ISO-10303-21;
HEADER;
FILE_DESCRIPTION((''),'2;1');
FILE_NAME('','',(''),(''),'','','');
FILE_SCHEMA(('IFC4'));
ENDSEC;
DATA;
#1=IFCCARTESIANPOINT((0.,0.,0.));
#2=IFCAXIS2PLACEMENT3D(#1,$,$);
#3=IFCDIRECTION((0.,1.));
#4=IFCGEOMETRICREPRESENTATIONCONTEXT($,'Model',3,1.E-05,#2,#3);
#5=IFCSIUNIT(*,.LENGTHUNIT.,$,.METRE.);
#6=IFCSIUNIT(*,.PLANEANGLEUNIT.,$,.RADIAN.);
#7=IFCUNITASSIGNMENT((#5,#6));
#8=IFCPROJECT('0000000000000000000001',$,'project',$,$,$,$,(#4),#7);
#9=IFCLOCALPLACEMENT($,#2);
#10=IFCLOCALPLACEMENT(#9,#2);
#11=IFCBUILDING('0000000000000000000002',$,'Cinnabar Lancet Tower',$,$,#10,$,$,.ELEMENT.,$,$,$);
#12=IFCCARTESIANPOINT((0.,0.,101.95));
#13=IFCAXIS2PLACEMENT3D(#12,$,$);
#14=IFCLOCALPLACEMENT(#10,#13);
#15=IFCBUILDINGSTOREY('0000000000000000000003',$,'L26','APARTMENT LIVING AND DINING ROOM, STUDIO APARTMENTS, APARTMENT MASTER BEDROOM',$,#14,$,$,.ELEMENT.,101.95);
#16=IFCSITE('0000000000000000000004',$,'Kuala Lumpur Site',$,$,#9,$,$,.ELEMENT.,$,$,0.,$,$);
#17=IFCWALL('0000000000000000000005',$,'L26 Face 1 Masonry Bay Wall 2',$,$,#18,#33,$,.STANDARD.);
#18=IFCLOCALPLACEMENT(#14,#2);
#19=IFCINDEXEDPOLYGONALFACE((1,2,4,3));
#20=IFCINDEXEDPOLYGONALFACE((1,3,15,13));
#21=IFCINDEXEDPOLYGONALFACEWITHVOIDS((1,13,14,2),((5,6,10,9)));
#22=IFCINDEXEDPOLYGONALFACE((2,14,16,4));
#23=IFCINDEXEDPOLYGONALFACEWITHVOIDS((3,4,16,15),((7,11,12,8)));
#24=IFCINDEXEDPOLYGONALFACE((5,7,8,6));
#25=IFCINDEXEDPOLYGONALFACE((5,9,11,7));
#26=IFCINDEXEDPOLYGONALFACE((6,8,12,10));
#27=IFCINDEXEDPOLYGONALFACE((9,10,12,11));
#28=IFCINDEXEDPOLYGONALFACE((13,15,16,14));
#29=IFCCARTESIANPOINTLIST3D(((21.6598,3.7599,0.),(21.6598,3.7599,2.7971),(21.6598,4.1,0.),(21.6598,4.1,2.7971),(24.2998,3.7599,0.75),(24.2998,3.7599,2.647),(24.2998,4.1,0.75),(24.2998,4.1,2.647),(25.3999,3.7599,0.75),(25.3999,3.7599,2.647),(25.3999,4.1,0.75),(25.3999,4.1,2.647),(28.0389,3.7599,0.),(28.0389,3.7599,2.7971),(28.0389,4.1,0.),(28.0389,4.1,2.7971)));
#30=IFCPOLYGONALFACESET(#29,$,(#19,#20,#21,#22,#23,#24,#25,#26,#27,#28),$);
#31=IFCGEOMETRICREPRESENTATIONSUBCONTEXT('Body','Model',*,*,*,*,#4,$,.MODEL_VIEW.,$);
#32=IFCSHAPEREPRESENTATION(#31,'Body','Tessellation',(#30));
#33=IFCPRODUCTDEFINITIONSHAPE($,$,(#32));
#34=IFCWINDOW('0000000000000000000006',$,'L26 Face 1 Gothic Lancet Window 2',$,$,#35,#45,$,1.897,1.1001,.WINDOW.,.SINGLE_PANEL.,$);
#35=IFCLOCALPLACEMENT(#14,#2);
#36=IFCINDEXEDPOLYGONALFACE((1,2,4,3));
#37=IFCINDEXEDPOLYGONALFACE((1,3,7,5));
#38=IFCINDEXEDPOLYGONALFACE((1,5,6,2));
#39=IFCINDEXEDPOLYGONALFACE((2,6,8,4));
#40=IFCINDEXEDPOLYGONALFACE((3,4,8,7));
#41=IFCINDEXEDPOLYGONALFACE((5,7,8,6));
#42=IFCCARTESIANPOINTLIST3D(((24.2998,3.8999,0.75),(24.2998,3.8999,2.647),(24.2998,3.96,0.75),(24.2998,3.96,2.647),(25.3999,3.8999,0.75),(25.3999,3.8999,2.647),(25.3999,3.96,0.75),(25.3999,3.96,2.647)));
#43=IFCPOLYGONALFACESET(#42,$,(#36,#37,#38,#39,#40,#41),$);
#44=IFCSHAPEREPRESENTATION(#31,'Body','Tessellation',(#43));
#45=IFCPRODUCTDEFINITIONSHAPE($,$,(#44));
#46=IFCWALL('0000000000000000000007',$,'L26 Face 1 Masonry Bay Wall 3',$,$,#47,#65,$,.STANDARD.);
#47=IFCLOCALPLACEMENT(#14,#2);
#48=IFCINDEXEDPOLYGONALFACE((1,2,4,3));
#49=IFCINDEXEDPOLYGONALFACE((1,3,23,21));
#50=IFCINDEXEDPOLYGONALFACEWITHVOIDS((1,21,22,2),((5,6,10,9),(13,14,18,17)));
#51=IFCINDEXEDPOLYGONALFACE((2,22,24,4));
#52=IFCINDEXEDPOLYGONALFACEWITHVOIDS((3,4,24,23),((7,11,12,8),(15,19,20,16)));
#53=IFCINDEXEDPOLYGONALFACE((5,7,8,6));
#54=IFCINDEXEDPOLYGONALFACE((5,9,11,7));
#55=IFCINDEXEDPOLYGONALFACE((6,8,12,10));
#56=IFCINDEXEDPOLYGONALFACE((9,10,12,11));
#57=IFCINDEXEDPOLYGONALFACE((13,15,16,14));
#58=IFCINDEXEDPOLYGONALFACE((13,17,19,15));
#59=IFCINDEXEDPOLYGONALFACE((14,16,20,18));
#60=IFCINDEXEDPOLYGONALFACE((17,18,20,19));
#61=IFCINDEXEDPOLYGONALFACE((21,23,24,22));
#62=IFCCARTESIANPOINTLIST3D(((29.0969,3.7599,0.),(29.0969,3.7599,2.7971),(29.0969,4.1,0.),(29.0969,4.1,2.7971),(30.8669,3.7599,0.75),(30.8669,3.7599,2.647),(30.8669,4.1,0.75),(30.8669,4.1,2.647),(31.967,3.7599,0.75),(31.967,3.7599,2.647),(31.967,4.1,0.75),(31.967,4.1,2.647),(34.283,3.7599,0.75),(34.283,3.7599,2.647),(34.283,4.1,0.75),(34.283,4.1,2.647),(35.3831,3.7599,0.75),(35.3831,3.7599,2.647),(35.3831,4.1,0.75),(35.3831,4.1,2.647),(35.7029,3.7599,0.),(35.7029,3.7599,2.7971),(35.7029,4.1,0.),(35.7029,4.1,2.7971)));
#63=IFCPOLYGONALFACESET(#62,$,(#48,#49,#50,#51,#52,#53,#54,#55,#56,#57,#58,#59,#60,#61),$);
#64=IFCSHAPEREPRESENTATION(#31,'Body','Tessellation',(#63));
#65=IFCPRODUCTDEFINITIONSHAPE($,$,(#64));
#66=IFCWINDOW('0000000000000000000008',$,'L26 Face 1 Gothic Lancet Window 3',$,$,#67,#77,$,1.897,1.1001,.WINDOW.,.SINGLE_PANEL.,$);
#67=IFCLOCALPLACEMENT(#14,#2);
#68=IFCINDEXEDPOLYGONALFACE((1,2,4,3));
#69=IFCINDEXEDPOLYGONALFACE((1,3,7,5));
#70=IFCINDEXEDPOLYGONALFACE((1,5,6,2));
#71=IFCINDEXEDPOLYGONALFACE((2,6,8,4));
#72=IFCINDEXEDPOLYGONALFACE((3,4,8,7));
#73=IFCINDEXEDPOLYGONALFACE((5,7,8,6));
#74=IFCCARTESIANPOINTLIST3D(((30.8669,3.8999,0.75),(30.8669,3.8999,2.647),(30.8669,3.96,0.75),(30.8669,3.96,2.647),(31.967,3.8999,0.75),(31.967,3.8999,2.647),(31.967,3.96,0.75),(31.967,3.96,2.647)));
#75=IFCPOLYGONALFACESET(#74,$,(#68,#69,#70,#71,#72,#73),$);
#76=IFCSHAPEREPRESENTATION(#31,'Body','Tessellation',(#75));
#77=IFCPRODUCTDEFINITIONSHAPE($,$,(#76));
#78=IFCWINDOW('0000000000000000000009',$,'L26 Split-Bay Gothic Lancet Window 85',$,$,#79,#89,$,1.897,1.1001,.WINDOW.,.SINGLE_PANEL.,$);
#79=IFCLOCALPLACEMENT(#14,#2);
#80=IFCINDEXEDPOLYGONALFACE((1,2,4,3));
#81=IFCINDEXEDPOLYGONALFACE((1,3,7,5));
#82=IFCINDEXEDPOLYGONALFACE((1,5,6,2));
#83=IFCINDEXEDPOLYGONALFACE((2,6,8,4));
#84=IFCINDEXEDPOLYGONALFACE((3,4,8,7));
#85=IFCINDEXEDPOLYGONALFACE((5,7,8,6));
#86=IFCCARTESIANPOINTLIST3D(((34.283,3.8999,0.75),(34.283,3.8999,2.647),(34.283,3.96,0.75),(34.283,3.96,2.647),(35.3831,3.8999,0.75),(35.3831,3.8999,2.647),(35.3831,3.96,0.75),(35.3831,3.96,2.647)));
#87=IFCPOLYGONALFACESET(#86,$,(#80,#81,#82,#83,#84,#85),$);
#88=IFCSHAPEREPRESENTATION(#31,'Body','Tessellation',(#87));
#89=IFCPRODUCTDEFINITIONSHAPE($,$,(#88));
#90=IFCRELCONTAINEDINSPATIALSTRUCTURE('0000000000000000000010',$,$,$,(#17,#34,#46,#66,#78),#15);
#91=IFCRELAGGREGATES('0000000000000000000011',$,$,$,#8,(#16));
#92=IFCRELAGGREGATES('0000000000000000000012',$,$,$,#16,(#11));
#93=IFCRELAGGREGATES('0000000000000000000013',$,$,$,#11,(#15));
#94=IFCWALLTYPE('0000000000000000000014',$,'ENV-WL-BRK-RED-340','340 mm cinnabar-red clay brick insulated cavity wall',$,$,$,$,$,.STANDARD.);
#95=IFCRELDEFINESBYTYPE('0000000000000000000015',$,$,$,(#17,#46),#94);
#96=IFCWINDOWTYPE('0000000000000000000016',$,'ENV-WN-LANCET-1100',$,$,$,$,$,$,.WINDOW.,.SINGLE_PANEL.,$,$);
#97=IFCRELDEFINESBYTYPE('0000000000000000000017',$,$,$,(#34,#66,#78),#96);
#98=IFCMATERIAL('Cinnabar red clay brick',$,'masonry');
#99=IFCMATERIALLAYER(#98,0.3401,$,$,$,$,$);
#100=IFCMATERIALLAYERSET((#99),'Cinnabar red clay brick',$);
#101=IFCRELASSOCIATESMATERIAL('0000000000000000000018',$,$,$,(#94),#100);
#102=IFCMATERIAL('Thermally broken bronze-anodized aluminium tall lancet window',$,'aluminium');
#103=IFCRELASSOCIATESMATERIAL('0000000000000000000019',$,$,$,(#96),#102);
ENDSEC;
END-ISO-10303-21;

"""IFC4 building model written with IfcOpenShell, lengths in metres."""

from ifc_helpers import new_model, si_unit, direction, frame, frame_2d, origin, place, context, subcontext, project, spatial, rectangle, extrude, material, layer, layer_set, type_object, element, fill, save


model = new_model("IFC4")

# Units and contexts
model_context = context("Model", 3, precision=1e-05, world=origin(), true_north=direction((0.0, 1.0)))
body_context = subcontext(model_context, "Body", "Model", "MODEL_VIEW")
ifc_project = project(units=[si_unit("LENGTHUNIT", "METRE"), si_unit("PLANEANGLEUNIT", "RADIAN")], contexts=[model_context])

# Site, building, storey
site_placement = place(None, origin())
site = spatial("IfcSite", under=ifc_project, at=site_placement, Name="Kuala Lumpur Site", CompositionType="ELEMENT", RefElevation=0.0)
building_placement = place(site_placement, origin())
building = spatial("IfcBuilding", under=site, at=building_placement, Name="Cinnabar Lancet Tower", CompositionType="ELEMENT")
storey_placement = place(building_placement, frame((0.0, 0.0, 101.95)))
storey = spatial("IfcBuildingStorey", under=building, at=storey_placement, Name="L26", Description="APARTMENT LIVING AND DINING ROOM, STUDIO APARTMENTS, APARTMENT MASTER BEDROOM", CompositionType="ELEMENT", Elevation=101.95)

# Shared definitions
ifc_material_1 = material(Name="Cinnabar red clay brick", Category="masonry")
ifc_layer_1 = layer(ifc_material_1, 0.3401)
ifc_layer_set_1 = layer_set([ifc_layer_1], Name="Cinnabar red clay brick")
wall_type_1 = type_object("IfcWallType", Name="ENV-WL-BRK-RED-340", Description="340 mm cinnabar-red clay brick insulated cavity wall", PredefinedType="STANDARD", material=ifc_layer_set_1)

# Wall, opening, window
wall_1_placement = place(storey_placement, frame((21.6599, 3.9299, 0.0), z_axis=(0.0, 0.0, 1.0), x_axis=(1.0, 0.0, 0.0)))
wall_1 = element("IfcWall", 1, at=wall_1_placement, inside=storey, type_object=wall_type_1, Name="L26 Face 1 Masonry Bay Wall 2", PredefinedType="STANDARD", context=body_context, shape_type="SweptSolid", body=[
    extrude(rectangle(XDim=6.3792, YDim=0.3401, at=frame_2d((3.1895, 0.0))), origin(), (0.0, 0.0, 1.0), 2.7971),
])
opening_1_placement = place(wall_1_placement, frame((2.6399, 0.0, 0.75)))
opening_1 = element("IfcOpeningElement", 2, at=opening_1_placement, cuts=wall_1, PredefinedType="OPENING", context=body_context, shape_type="SweptSolid", body=[
    extrude(rectangle(XDim=1.1001, YDim=1.897, at=frame_2d((0.55, 0.9485))), frame((0.0, 0.1799, 0.0), z_axis=(0.0, -1.0, 0.0), x_axis=(1.0, 0.0, 0.0)), (0.0, 0.0, 1.0), 0.3601),
])
ifc_material_2 = material(Name="Thermally broken bronze-anodized aluminium tall lancet window", Category="aluminium")
window_type = type_object("IfcWindowType", Name="ENV-WN-LANCET-1100", PartitioningType="SINGLE_PANEL", PredefinedType="WINDOW", material=ifc_material_2)
window_1_placement = place(opening_1_placement, origin())
window_1 = element("IfcWindow", 3, at=window_1_placement, inside=storey, type_object=window_type, Name="L26 Face 1 Gothic Lancet Window 2", OverallHeight=1.897, OverallWidth=1.1001, PartitioningType="SINGLE_PANEL", PredefinedType="WINDOW", context=body_context, shape_type="SweptSolid", body=[
    extrude(rectangle(XDim=1.1001, YDim=1.897, at=frame_2d((0.55, 0.9485))), frame((0.0, 0.03, 0.0), z_axis=(0.0, -1.0, 0.0), x_axis=(1.0, 0.0, 0.0)), (0.0, 0.0, 1.0), 0.0601),
])
fill(opening_1, window_1)

# Wall, openings, windows
wall_2_placement = place(storey_placement, frame((29.0969, 3.9299, 0.0), z_axis=(0.0, 0.0, 1.0), x_axis=(1.0, 0.0, 0.0)))
wall_2 = element("IfcWall", 4, at=wall_2_placement, inside=storey, type_object=wall_type_1, Name="L26 Face 1 Masonry Bay Wall 3", PredefinedType="STANDARD", context=body_context, shape_type="SweptSolid", body=[
    extrude(rectangle(XDim=6.606, YDim=0.3401, at=frame_2d((3.303, 0.0))), origin(), (0.0, 0.0, 1.0), 2.7971),
])
opening_2_placement = place(wall_2_placement, frame((1.77, 0.0, 0.75)))
opening_2 = element("IfcOpeningElement", 5, at=opening_2_placement, cuts=wall_2, PredefinedType="OPENING", context=body_context, shape_type="SweptSolid", body=[
    extrude(rectangle(XDim=1.1001, YDim=1.897, at=frame_2d((0.55, 0.9485))), frame((0.0, 0.1799, 0.0), z_axis=(0.0, -1.0, 0.0), x_axis=(1.0, 0.0, 0.0)), (0.0, 0.0, 1.0), 0.3601),
])
opening_3_placement = place(wall_2_placement, frame((5.186, 0.0, 0.75)))
opening_3 = element("IfcOpeningElement", 6, at=opening_3_placement, cuts=wall_2, PredefinedType="OPENING", context=body_context, shape_type="SweptSolid", body=[
    extrude(rectangle(XDim=1.1001, YDim=1.897, at=frame_2d((0.55, 0.9485))), frame((0.0, 0.1799, 0.0), z_axis=(0.0, -1.0, 0.0), x_axis=(1.0, 0.0, 0.0)), (0.0, 0.0, 1.0), 0.3601),
])
window_2_placement = place(opening_2_placement, origin())
window_2 = element("IfcWindow", 7, at=window_2_placement, inside=storey, type_object=window_type, Name="L26 Face 1 Gothic Lancet Window 3", OverallHeight=1.897, OverallWidth=1.1001, PartitioningType="SINGLE_PANEL", PredefinedType="WINDOW", context=body_context, shape_type="SweptSolid", body=[
    extrude(rectangle(XDim=1.1001, YDim=1.897, at=frame_2d((0.55, 0.9485))), frame((0.0, 0.03, 0.0), z_axis=(0.0, -1.0, 0.0), x_axis=(1.0, 0.0, 0.0)), (0.0, 0.0, 1.0), 0.0601),
])
fill(opening_2, window_2)
window_3_placement = place(opening_3_placement, origin())
window_3 = element("IfcWindow", 8, at=window_3_placement, inside=storey, type_object=window_type, Name="L26 Split-Bay Gothic Lancet Window 85", OverallHeight=1.897, OverallWidth=1.1001, PartitioningType="SINGLE_PANEL", PredefinedType="WINDOW", context=body_context, shape_type="SweptSolid", body=[
    extrude(rectangle(XDim=1.1001, YDim=1.897, at=frame_2d((0.55, 0.9485))), frame((0.0, 0.03, 0.0), z_axis=(0.0, -1.0, 0.0), x_axis=(1.0, 0.0, 0.0)), (0.0, 0.0, 1.0), 0.0601),
])
fill(opening_3, window_3)

save(model, "model.ifc")
